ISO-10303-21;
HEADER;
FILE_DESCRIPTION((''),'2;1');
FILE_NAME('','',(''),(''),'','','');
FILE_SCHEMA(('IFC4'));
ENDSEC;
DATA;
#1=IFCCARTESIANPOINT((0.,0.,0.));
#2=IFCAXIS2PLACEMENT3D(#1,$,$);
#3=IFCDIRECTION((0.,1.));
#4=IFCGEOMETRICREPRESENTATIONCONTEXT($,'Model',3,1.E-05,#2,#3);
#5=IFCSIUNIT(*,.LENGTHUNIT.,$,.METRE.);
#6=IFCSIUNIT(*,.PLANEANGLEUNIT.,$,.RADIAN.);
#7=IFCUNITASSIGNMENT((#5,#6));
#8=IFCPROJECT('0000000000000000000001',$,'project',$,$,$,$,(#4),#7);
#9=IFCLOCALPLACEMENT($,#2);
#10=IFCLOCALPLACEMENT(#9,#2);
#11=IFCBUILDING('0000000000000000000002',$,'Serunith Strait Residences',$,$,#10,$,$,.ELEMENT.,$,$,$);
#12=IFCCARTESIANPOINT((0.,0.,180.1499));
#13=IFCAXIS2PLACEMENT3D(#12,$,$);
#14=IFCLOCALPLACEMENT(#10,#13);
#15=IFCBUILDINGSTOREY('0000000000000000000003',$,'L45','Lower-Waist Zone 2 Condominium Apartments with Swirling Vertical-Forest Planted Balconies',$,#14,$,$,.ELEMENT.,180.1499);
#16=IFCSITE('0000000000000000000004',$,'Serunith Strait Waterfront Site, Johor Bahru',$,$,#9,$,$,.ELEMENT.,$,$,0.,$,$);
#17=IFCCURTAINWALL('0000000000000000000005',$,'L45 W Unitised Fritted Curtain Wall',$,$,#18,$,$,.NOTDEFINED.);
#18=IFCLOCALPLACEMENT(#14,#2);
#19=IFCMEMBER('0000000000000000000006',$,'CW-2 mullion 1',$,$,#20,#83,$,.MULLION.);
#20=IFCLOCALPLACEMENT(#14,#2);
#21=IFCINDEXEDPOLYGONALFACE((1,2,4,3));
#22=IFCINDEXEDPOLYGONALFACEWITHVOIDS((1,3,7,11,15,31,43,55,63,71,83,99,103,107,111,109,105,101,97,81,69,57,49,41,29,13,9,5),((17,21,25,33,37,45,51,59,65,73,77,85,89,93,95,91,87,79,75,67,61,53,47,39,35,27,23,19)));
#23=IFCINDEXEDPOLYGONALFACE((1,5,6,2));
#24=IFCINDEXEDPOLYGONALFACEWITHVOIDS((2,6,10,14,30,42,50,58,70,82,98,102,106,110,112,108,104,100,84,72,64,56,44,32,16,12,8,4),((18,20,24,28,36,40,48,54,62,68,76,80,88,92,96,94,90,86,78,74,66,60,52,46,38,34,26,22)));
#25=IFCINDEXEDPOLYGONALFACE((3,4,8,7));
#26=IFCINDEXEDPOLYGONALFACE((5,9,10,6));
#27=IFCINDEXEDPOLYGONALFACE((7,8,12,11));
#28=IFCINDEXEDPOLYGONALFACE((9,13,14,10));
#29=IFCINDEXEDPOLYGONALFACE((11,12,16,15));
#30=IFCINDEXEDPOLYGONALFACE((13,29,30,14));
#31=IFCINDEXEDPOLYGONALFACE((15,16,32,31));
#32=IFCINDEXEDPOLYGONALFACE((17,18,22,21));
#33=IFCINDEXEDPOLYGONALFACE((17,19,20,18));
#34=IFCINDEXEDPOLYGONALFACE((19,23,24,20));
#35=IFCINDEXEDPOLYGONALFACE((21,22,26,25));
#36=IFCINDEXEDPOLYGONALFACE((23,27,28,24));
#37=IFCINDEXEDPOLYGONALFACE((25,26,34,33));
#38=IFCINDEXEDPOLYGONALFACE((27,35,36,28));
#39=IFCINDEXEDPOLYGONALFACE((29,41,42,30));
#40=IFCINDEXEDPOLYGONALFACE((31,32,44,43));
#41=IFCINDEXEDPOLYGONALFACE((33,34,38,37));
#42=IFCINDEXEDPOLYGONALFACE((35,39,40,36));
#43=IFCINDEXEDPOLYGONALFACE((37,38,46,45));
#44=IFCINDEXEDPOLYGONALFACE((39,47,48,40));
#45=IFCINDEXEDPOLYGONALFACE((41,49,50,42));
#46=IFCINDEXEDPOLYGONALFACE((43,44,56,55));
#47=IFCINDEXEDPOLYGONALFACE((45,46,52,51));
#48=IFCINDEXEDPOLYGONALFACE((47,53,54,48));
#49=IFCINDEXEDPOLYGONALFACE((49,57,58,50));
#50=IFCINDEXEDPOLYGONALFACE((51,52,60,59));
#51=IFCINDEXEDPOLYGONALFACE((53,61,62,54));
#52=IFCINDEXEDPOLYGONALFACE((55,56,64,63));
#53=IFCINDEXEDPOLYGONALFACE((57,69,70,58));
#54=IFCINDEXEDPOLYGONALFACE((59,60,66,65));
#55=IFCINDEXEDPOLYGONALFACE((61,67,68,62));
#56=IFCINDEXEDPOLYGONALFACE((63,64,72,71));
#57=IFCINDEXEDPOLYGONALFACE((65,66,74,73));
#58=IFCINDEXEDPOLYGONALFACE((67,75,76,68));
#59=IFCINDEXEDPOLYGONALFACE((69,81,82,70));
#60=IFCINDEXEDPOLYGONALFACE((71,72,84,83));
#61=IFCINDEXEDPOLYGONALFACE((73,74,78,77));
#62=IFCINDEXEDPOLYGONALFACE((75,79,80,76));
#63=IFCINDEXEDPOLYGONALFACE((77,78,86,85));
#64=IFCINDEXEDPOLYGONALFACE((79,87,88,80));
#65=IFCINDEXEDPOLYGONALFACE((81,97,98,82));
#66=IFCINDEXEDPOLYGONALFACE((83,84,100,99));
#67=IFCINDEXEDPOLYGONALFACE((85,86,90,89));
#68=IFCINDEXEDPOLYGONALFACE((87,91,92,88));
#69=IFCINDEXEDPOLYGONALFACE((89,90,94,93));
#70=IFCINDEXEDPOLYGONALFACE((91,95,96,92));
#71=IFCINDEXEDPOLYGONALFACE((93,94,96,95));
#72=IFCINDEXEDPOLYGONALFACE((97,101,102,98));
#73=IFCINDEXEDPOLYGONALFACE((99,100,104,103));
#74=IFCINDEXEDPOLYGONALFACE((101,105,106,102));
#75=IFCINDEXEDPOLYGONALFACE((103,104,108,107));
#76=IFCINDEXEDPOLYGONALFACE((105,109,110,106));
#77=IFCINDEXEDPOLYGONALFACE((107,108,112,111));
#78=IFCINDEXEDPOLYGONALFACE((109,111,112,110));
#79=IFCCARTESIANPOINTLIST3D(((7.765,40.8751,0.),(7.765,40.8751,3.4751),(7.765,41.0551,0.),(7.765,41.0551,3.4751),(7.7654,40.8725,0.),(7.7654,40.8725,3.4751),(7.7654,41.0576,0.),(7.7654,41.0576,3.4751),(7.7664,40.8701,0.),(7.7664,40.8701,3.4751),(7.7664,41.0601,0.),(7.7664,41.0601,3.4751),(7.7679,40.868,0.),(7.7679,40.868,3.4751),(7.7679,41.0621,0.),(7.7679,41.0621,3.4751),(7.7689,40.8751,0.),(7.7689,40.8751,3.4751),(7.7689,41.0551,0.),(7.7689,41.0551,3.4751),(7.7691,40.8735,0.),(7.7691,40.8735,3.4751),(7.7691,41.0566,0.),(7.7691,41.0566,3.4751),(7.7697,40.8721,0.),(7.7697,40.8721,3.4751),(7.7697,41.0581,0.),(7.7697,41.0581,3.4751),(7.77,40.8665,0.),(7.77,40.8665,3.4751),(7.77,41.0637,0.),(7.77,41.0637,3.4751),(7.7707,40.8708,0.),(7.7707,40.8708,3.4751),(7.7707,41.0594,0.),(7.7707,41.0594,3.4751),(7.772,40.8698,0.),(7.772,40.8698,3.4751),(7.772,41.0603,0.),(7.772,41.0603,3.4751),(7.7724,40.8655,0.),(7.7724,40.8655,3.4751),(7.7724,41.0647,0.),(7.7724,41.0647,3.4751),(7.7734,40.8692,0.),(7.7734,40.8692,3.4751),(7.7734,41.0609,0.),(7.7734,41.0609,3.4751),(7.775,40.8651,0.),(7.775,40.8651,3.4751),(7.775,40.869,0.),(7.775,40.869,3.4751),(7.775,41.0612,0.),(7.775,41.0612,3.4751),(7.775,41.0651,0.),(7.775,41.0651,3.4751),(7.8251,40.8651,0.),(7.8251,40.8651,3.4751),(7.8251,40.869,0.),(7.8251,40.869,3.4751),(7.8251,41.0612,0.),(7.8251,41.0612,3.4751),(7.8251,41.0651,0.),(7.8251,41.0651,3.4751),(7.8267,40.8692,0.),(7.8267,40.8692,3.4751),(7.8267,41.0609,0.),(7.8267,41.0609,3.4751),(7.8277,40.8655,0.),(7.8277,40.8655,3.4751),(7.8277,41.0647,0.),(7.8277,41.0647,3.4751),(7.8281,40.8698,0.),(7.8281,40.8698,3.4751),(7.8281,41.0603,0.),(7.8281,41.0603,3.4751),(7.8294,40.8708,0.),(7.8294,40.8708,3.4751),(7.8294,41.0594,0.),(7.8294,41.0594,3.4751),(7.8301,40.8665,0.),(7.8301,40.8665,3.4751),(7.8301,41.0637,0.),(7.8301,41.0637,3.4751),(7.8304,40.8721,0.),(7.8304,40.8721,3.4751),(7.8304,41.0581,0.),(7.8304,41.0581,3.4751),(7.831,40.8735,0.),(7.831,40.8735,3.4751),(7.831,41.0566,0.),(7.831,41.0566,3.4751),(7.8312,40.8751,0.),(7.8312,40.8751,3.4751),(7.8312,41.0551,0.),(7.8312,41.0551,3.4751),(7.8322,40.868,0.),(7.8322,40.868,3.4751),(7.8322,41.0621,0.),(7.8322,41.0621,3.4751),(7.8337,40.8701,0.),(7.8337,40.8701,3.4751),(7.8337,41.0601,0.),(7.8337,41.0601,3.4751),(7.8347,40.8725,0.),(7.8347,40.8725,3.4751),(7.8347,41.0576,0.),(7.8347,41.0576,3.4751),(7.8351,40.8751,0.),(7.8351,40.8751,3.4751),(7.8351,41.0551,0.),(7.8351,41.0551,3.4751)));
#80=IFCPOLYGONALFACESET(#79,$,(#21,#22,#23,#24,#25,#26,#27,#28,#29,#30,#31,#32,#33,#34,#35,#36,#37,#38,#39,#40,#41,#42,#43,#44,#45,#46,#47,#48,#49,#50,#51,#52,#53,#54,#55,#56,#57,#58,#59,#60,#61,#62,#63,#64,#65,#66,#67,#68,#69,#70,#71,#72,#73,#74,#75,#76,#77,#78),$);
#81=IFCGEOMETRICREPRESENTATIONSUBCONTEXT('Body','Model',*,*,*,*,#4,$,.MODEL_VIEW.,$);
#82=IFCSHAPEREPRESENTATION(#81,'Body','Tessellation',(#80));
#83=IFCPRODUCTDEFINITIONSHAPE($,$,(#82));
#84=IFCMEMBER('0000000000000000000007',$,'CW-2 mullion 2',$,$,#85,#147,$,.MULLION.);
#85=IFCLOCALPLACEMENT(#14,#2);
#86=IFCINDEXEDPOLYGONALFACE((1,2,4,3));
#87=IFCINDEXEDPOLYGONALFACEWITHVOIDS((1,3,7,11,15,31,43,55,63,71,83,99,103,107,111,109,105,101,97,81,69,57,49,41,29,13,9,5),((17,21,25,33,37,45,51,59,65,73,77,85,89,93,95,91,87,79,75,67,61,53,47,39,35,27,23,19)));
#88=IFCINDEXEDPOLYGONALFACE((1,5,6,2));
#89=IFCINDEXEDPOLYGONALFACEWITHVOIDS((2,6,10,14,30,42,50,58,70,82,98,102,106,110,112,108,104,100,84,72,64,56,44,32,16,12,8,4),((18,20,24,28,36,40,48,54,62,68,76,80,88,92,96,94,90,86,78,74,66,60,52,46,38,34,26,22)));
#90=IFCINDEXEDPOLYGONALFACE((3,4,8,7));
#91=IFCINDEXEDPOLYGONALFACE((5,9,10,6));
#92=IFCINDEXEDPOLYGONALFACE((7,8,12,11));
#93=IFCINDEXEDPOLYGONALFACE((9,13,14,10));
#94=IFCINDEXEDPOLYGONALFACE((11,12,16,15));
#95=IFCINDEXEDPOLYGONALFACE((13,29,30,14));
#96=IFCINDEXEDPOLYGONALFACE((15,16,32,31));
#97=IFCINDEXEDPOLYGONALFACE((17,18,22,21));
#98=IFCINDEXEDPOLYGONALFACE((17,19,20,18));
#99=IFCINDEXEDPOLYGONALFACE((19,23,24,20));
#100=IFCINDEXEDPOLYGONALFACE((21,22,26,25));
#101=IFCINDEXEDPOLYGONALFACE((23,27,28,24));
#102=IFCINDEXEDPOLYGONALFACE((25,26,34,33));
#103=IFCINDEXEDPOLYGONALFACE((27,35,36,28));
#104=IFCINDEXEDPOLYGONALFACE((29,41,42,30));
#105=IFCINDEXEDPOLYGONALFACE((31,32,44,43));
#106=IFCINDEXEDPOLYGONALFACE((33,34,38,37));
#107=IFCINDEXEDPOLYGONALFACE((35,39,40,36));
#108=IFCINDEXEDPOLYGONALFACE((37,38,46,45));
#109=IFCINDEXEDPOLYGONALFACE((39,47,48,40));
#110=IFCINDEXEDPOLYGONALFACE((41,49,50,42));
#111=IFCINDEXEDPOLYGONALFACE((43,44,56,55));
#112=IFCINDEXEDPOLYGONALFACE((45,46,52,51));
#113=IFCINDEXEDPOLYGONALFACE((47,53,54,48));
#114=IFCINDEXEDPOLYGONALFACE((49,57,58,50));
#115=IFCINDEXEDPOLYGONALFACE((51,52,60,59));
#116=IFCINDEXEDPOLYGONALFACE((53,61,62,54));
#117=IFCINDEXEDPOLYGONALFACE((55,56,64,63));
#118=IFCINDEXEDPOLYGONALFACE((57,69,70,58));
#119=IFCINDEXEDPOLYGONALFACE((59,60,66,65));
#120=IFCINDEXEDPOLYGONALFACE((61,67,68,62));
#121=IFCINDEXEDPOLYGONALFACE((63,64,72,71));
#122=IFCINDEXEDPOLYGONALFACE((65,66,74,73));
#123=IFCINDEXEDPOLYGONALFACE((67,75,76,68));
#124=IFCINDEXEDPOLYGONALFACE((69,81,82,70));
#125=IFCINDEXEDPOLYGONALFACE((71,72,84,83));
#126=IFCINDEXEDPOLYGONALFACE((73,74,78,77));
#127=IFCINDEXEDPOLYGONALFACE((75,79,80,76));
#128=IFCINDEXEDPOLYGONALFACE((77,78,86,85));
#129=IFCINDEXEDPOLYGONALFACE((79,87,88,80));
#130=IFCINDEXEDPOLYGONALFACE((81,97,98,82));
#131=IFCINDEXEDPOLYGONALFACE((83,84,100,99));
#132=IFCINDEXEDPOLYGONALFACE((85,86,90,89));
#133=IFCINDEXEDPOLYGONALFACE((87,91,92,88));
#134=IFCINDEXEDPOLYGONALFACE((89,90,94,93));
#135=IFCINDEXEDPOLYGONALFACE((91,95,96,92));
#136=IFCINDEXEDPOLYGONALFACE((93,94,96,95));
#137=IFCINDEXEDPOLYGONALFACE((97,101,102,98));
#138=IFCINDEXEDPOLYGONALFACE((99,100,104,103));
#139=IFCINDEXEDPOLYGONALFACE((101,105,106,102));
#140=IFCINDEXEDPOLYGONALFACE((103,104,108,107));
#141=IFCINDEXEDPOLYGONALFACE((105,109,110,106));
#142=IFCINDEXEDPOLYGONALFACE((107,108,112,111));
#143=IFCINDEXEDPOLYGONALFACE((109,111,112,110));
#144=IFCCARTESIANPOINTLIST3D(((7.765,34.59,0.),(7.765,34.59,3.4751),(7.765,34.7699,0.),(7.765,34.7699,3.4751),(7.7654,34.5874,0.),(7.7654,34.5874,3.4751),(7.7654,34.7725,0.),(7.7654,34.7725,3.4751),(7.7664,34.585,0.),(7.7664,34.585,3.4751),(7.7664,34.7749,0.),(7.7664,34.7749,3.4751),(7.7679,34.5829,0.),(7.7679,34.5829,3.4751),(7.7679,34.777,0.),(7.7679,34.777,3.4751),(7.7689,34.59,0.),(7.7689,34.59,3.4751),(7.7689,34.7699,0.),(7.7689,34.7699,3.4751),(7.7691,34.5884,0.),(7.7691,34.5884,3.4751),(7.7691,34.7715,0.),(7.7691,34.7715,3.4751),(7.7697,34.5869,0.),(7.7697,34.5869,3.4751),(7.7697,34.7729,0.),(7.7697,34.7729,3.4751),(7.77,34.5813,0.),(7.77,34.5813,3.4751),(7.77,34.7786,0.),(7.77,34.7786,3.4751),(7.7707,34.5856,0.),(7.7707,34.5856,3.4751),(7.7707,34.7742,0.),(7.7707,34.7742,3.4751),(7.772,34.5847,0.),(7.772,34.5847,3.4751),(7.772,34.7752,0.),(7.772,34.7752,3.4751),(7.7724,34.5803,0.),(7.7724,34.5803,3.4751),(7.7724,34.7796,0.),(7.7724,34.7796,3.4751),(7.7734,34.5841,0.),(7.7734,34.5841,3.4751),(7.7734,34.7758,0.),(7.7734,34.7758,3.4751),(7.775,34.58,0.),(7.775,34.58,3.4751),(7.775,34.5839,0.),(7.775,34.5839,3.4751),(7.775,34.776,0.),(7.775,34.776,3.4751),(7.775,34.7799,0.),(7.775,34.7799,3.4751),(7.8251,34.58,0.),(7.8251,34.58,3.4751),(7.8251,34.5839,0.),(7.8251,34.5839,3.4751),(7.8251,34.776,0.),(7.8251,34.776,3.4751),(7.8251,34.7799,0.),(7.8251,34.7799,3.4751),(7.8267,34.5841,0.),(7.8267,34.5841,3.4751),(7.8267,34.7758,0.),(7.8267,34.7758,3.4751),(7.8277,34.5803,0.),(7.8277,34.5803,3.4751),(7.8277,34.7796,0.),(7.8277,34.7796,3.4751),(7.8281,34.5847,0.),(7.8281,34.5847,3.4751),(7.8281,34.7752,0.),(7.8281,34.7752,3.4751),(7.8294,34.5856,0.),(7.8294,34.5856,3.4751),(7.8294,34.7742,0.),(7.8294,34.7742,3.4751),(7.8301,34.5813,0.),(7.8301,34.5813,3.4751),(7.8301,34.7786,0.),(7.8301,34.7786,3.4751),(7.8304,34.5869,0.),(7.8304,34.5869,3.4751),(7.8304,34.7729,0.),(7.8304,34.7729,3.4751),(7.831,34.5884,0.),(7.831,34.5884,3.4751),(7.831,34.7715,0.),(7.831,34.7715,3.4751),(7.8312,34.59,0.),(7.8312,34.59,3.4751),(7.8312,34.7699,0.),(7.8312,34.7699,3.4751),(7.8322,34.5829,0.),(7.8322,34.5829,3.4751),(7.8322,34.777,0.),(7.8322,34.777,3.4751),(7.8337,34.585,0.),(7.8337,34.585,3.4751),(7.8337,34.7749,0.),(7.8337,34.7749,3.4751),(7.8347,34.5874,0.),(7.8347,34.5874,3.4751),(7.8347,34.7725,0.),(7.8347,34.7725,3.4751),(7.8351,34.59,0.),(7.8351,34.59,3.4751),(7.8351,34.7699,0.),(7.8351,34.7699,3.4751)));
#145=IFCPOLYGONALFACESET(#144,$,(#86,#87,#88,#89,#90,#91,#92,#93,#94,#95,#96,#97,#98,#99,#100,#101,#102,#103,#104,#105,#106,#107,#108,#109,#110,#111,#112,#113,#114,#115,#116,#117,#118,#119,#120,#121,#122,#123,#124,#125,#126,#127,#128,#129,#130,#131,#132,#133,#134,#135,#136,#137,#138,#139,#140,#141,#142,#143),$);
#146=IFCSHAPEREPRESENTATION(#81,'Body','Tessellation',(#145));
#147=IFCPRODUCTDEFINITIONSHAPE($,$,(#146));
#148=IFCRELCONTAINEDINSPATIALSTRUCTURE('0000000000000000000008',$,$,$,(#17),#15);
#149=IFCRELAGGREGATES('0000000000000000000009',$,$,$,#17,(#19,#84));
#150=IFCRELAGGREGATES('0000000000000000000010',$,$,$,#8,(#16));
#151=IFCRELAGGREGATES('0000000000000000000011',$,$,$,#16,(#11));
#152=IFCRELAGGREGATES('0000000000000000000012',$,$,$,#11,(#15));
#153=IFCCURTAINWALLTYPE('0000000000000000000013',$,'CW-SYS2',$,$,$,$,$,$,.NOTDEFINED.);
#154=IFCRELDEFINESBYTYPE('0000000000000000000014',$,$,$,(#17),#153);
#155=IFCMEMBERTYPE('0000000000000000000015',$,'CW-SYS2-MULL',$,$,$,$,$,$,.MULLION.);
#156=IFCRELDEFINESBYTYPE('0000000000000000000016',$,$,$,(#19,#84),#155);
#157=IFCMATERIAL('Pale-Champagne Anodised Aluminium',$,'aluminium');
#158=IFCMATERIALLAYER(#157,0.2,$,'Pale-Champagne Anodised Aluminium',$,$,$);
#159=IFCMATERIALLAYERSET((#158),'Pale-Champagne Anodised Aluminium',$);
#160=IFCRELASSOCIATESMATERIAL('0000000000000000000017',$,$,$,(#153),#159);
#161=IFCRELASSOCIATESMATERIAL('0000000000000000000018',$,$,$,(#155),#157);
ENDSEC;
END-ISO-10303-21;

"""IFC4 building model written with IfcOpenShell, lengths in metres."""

from ifc_helpers import new_model, si_unit, direction, frame, origin, origin_2d, place, context, subcontext, project, spatial, hollow_rectangle, extrude, source, transform, mapped, material, layer, layer_set, material_profile, profile_set, type_object, element, aggregate, save


model = new_model("IFC4")

# Units and contexts
model_context = context("Model", 3, precision=1e-05, world=origin(), true_north=direction((0.0, 1.0)))
body_context = subcontext(model_context, "Body", "Model", "MODEL_VIEW")
ifc_project = project(units=[si_unit("LENGTHUNIT", "METRE"), si_unit("PLANEANGLEUNIT", "RADIAN")], contexts=[model_context])

# Site, building, storey
site_placement = place(None, origin())
site = spatial("IfcSite", under=ifc_project, at=site_placement, Name="Serunith Strait Waterfront Site, Johor Bahru", CompositionType="ELEMENT", RefElevation=0.0)
building_placement = place(site_placement, origin())
building = spatial("IfcBuilding", under=site, at=building_placement, Name="Serunith Strait Residences", CompositionType="ELEMENT")
storey_placement = place(building_placement, frame((0.0, 0.0, 180.1499)))
storey = spatial("IfcBuildingStorey", under=building, at=storey_placement, Name="L45", Description="Lower-Waist Zone 2 Condominium Apartments with Swirling Vertical-Forest Planted Balconies", CompositionType="ELEMENT", Elevation=180.1499)

# Shared definitions
ifc_material_1 = material(Name="Pale-Champagne Anodised Aluminium", Category="aluminium")
ifc_layer_1 = layer(ifc_material_1, 0.2, Name="Pale-Champagne Anodised Aluminium")
ifc_layer_set_1 = layer_set([ifc_layer_1], Name="Pale-Champagne Anodised Aluminium")
curtain_wall_type = type_object("IfcCurtainWallType", Name="CW-SYS2", PredefinedType="NOTDEFINED", material=ifc_layer_set_1)
ifc_material_profile_1 = material_profile(ifc_material_1, hollow_rectangle(XDim=0.0701, YDim=0.2, WallThickness=0.0039, InnerFilletRadius=0.0061, OuterFilletRadius=0.01, at=origin_2d()), Name="ALU 200x70x4")
ifc_profile_set_1 = profile_set([ifc_material_profile_1], Name="Pale-Champagne Anodised Aluminium")
member_type_1 = type_object("IfcMemberType", Name="CW-SYS2-MULL", PredefinedType="MULLION", material=ifc_profile_set_1)
shared_shape_1 = source(origin(), body_context, "Body", "SweptSolid", [
    extrude(hollow_rectangle(XDim=0.0701, YDim=0.2, WallThickness=0.0039, InnerFilletRadius=0.0061, OuterFilletRadius=0.01, at=origin_2d()), origin(), (0.0, 0.0, 1.0), 3.4751),
])

# Curtain wall, members
curtain_wall_1_placement = place(storey_placement, origin())
curtain_wall_1 = element("IfcCurtainWall", 1, at=curtain_wall_1_placement, inside=storey, type_object=curtain_wall_type, Name="L45 W Unitised Fritted Curtain Wall", PredefinedType="NOTDEFINED")
member_1_placement = place(storey_placement, frame((7.8, 40.9651, 0.0), z_axis=(0.0, 0.0, 1.0), x_axis=(1.0, 0.0, 0.0)))
member_1 = element("IfcMember", 2, at=member_1_placement, type_object=member_type_1, Name="CW-2 mullion 1", PredefinedType="MULLION", context=body_context, shape_type="MappedRepresentation", body=[
    mapped(shared_shape_1, transform((0.0, 0.0, 0.0), scale=1.0)),
])
member_2_placement = place(storey_placement, frame((7.8, 34.6799, 0.0), z_axis=(0.0, 0.0, 1.0), x_axis=(1.0, 0.0, 0.0)))
member_2 = element("IfcMember", 3, at=member_2_placement, type_object=member_type_1, Name="CW-2 mullion 2", PredefinedType="MULLION", context=body_context, shape_type="MappedRepresentation", body=[
    mapped(shared_shape_1, transform((0.0, 0.0, 0.0), scale=1.0)),
])
aggregate(curtain_wall_1, [member_1, member_2])

save(model, "model.ifc")
